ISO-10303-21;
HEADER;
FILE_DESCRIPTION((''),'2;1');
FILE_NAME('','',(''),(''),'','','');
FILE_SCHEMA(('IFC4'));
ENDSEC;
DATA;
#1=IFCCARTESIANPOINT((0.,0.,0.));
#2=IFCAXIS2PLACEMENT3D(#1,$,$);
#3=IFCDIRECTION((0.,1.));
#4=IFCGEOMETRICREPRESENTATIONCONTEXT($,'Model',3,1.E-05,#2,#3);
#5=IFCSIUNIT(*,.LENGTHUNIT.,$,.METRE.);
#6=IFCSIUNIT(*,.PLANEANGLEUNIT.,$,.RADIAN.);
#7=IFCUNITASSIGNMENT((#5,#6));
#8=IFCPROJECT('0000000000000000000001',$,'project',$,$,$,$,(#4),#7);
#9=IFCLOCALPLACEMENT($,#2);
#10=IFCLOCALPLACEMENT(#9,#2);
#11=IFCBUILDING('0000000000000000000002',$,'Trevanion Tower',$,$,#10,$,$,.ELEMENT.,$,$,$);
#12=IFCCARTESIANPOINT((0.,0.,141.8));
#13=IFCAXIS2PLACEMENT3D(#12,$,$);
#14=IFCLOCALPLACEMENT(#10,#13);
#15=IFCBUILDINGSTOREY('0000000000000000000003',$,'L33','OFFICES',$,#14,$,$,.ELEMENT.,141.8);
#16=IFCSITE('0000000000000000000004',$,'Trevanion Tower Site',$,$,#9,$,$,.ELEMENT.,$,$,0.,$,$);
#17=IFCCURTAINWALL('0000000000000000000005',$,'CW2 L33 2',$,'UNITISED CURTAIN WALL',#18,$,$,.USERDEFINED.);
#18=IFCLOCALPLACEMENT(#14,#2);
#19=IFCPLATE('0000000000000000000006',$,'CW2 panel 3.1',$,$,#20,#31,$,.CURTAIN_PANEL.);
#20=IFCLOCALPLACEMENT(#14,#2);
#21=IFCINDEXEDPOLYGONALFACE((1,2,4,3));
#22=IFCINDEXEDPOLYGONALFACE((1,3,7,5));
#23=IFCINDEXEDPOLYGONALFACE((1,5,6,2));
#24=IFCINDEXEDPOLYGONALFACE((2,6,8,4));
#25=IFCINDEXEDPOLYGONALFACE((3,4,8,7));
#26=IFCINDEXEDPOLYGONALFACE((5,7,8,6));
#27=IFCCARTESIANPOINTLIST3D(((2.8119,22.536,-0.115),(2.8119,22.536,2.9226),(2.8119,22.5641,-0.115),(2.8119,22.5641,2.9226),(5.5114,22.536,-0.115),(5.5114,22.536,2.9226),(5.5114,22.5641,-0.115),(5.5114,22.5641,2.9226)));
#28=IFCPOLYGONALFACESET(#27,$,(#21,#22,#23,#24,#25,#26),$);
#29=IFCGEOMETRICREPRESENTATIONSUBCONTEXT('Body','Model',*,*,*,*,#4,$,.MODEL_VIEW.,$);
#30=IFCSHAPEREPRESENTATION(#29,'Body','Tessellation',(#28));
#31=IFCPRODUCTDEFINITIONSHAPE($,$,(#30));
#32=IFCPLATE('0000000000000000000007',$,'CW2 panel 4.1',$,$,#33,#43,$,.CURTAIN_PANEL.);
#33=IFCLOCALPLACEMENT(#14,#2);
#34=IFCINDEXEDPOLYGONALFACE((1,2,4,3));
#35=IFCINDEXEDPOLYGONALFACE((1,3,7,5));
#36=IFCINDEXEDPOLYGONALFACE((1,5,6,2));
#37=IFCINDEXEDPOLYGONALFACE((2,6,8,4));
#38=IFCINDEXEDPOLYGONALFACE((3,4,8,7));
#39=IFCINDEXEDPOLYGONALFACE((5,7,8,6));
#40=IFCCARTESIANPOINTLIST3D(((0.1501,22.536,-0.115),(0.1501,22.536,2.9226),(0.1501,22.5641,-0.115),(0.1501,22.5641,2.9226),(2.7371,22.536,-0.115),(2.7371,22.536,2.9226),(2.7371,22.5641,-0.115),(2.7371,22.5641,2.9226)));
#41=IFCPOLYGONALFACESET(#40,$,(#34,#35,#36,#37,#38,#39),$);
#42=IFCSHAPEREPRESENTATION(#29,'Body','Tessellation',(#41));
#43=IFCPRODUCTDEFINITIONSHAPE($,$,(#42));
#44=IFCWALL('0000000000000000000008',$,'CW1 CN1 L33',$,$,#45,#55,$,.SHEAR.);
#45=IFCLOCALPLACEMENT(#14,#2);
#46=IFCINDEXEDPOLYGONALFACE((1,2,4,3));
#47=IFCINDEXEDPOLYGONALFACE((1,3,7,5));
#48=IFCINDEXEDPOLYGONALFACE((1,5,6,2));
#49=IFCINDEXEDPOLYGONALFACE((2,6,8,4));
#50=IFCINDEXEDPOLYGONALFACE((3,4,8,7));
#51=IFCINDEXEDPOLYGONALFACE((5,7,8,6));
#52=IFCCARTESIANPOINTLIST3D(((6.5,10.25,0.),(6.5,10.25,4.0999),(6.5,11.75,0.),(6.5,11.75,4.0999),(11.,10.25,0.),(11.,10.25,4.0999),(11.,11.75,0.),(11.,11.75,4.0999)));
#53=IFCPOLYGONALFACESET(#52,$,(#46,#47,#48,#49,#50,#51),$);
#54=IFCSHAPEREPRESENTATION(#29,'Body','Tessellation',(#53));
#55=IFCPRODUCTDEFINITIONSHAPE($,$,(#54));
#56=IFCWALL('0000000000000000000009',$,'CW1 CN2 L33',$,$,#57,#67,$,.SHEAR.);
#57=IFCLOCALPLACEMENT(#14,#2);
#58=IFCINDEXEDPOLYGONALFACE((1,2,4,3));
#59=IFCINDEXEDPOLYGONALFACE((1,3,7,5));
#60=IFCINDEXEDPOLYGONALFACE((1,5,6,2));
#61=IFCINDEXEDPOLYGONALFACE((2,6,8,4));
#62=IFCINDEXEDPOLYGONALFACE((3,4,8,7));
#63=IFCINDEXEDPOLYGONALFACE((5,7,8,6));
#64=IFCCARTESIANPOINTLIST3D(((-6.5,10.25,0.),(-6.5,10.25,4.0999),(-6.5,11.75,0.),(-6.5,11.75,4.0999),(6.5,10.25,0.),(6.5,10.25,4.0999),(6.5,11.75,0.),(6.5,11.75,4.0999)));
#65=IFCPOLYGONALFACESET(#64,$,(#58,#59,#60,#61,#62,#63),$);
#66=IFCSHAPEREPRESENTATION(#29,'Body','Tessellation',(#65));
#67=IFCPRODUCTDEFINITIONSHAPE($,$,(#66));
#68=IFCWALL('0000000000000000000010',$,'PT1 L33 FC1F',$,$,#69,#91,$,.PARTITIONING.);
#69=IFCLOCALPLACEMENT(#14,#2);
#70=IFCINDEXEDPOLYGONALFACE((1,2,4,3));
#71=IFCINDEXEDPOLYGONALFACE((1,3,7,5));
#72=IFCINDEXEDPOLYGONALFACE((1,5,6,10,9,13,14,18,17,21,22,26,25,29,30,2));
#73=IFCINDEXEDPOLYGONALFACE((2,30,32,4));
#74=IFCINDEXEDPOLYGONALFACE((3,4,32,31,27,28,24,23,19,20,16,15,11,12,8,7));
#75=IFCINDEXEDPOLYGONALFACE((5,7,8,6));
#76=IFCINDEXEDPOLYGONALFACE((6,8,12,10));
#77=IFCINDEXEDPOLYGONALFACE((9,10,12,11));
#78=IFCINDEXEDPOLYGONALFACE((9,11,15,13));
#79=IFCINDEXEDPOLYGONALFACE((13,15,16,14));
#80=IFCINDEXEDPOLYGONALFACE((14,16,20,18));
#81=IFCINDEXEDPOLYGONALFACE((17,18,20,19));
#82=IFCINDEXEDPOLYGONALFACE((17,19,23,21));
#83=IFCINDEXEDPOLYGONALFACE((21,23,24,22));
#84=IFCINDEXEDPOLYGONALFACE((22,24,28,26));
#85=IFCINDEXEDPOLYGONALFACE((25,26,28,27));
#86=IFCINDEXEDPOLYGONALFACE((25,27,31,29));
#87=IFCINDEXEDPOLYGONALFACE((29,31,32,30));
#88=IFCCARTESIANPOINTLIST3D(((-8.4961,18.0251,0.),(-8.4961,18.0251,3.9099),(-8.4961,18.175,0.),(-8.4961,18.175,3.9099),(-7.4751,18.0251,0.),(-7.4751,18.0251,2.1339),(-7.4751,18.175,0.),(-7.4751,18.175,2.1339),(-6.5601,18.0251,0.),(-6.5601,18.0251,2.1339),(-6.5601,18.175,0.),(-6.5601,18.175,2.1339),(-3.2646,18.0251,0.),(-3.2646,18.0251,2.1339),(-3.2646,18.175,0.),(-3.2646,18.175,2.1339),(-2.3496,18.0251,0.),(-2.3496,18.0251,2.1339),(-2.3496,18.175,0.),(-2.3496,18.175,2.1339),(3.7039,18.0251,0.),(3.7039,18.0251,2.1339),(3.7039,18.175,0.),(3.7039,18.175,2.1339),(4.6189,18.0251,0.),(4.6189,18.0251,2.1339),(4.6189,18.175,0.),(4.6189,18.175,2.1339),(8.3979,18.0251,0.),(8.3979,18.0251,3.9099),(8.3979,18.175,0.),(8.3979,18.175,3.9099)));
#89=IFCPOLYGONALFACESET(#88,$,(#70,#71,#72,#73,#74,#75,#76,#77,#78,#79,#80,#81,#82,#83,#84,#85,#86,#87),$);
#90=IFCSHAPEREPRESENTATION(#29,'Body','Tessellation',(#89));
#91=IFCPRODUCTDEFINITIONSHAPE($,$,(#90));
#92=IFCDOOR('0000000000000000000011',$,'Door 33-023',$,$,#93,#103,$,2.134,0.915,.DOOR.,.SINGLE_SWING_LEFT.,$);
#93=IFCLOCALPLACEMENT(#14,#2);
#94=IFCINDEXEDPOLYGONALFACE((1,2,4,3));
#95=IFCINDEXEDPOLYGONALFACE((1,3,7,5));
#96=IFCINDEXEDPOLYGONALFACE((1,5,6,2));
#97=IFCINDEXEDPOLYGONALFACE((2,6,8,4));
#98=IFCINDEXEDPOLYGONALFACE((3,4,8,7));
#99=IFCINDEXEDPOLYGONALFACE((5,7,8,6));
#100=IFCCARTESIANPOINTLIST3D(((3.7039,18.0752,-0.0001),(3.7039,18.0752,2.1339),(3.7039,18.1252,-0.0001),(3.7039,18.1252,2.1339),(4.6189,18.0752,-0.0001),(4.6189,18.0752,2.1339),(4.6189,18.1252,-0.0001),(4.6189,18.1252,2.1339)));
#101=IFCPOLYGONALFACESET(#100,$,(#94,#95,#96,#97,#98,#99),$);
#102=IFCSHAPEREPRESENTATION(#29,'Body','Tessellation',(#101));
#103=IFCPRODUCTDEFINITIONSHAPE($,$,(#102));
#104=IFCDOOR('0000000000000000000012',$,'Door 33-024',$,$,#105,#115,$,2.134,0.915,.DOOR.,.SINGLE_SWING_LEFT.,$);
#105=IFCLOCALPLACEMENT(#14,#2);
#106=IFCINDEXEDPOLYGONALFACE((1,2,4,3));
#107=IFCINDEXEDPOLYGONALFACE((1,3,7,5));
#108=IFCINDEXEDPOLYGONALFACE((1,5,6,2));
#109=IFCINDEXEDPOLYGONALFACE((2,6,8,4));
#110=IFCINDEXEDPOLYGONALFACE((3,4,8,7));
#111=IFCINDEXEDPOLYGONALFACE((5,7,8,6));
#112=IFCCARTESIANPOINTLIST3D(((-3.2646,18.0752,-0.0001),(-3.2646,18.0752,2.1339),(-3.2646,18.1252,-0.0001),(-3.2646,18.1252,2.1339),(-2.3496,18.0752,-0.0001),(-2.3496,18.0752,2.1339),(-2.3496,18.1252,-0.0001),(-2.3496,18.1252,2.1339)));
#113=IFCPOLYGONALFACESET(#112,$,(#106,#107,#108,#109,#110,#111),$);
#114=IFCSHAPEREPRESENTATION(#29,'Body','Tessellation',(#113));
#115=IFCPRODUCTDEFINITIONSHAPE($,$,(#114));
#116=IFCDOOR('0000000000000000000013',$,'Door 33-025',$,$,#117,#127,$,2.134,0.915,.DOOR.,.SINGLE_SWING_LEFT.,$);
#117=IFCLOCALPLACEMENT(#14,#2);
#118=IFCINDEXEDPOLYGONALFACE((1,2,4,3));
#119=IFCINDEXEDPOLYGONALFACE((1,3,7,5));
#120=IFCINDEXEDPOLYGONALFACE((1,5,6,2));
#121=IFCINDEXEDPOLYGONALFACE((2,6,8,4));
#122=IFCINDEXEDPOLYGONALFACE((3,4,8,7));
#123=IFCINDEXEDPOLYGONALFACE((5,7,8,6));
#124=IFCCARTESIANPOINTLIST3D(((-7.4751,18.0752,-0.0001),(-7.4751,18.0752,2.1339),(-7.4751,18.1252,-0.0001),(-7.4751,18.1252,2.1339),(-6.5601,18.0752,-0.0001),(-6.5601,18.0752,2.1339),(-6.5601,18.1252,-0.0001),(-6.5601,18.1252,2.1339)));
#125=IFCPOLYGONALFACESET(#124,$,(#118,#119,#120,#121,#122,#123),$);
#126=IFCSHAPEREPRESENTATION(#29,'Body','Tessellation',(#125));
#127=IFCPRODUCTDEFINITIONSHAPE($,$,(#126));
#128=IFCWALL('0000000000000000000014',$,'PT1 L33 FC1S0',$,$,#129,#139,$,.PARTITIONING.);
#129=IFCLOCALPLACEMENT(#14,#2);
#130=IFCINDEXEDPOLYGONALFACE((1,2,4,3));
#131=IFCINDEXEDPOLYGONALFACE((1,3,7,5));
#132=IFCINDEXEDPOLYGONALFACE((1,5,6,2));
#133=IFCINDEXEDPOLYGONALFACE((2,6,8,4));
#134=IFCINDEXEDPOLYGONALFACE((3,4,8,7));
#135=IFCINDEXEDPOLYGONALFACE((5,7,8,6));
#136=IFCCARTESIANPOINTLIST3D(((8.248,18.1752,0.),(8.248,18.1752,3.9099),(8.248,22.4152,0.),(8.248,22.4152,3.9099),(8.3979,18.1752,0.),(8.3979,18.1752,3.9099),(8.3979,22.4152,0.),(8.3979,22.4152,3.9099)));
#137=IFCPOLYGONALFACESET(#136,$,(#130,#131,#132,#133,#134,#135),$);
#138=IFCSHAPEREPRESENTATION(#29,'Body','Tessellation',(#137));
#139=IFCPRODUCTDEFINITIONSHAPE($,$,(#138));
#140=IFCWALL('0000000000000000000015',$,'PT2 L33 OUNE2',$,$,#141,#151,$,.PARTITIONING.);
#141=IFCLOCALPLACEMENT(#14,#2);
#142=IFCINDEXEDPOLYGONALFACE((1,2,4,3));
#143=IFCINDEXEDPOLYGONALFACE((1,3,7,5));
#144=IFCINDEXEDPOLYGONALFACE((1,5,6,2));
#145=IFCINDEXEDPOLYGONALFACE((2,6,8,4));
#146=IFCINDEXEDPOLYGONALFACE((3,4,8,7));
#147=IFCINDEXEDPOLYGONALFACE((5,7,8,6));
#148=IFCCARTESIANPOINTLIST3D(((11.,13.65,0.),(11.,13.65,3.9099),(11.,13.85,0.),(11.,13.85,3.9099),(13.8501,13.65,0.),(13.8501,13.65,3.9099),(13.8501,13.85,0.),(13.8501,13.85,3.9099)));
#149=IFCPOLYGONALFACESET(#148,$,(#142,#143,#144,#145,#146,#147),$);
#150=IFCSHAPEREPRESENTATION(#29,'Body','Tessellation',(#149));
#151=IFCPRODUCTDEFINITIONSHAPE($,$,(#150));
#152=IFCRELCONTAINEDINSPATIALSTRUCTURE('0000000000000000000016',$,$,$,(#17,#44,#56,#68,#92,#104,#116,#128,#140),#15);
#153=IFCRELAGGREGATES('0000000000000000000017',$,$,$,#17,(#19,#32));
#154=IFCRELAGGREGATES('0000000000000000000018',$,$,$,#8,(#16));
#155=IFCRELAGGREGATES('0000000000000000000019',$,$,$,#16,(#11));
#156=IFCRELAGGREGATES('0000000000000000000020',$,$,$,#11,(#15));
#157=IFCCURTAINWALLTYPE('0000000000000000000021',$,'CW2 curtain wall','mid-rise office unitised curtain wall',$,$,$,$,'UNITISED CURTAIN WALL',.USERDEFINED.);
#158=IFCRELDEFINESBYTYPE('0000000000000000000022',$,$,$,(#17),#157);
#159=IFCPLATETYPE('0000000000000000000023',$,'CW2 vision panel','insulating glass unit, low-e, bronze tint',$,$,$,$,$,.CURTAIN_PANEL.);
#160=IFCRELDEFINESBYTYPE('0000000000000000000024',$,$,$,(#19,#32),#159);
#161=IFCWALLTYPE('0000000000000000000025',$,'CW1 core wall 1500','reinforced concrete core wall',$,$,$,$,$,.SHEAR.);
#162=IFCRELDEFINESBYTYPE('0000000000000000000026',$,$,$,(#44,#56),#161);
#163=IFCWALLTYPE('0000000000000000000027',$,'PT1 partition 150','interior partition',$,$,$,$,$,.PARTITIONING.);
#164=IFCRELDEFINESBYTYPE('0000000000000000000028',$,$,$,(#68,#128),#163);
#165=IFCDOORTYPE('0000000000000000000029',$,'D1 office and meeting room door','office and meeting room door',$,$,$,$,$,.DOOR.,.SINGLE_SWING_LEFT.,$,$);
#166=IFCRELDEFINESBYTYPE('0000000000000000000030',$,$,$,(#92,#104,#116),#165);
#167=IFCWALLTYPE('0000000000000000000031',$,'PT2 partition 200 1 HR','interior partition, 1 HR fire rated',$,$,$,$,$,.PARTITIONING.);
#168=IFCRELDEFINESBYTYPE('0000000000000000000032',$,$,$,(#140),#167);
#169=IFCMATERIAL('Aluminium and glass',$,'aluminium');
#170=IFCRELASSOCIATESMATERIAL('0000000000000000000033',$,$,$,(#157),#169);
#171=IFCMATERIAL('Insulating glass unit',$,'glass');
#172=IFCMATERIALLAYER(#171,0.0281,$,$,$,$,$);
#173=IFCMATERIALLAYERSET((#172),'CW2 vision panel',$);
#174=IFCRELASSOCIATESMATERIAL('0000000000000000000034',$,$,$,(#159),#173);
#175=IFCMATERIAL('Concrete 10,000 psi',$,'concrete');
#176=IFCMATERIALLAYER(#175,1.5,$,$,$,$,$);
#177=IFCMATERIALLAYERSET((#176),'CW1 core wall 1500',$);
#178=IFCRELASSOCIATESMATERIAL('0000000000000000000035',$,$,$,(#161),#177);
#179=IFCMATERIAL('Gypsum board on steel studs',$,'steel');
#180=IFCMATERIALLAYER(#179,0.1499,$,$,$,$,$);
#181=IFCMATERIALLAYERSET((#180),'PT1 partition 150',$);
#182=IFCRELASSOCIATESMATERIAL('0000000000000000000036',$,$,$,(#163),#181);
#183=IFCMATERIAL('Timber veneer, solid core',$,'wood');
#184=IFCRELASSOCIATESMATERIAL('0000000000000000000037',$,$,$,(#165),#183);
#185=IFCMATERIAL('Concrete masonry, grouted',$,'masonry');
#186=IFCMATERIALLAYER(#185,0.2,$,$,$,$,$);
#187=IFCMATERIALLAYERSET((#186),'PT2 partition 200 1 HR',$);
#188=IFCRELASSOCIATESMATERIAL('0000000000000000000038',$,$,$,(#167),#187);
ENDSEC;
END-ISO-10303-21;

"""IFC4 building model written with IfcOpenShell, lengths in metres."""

from ifc_helpers import new_model, si_unit, direction, frame, frame_2d, origin, origin_2d, place, context, subcontext, project, spatial, rectangle, extrude, material, layer, layer_set, type_object, element, fill, aggregate, save


model = new_model("IFC4")

# Units and contexts
model_context = context("Model", 3, precision=1e-05, world=origin(), true_north=direction((0.0, 1.0)))
body_context = subcontext(model_context, "Body", "Model", "MODEL_VIEW")
ifc_project = project(units=[si_unit("LENGTHUNIT", "METRE"), si_unit("PLANEANGLEUNIT", "RADIAN")], contexts=[model_context])

# Site, building, storey
site_placement = place(None, origin())
site = spatial("IfcSite", under=ifc_project, at=site_placement, Name="Trevanion Tower Site", CompositionType="ELEMENT", RefElevation=0.0)
building_placement = place(site_placement, origin())
building = spatial("IfcBuilding", under=site, at=building_placement, Name="Trevanion Tower", CompositionType="ELEMENT")
storey_placement = place(building_placement, frame((0.0, 0.0, 141.8)))
storey = spatial("IfcBuildingStorey", under=building, at=storey_placement, Name="L33", Description="OFFICES", CompositionType="ELEMENT", Elevation=141.8)

# Curtain wall
ifc_material_1 = material(Name="Aluminium and glass", Category="aluminium")
curtain_wall_type = type_object("IfcCurtainWallType", Name="CW2 curtain wall", Description="mid-rise office unitised curtain wall", ElementType="UNITISED CURTAIN WALL", PredefinedType="USERDEFINED", material=ifc_material_1)
curtain_wall_placement = place(storey_placement, origin())
curtain_wall = element("IfcCurtainWall", 1, at=curtain_wall_placement, inside=storey, type_object=curtain_wall_type, Name="CW2 L33 2", ObjectType="UNITISED CURTAIN WALL", PredefinedType="USERDEFINED")

# Plates
ifc_material_2 = material(Name="Insulating glass unit", Category="glass")
ifc_layer_1 = layer(ifc_material_2, 0.0281)
ifc_layer_set_1 = layer_set([ifc_layer_1], Name="CW2 vision panel")
plate_type_1 = type_object("IfcPlateType", Name="CW2 vision panel", Description="insulating glass unit, low-e, bronze tint", PredefinedType="CURTAIN_PANEL", material=ifc_layer_set_1)
plate_1_placement = place(storey_placement, frame((4.1616, 22.55, -0.115), z_axis=(0.0, 0.0, 1.0), x_axis=(-1.0, 0.0, 0.0)))
plate_1 = element("IfcPlate", 2, at=plate_1_placement, type_object=plate_type_1, Name="CW2 panel 3.1", PredefinedType="CURTAIN_PANEL", context=body_context, shape_type="SweptSolid", body=[
    extrude(rectangle(XDim=2.6995, YDim=0.0281, at=origin_2d()), origin(), (0.0, 0.0, 1.0), 3.0376),
])
plate_2_placement = place(storey_placement, frame((1.4436, 22.55, -0.115), z_axis=(0.0, 0.0, 1.0), x_axis=(-1.0, 0.0, 0.0)))
plate_2 = element("IfcPlate", 3, at=plate_2_placement, type_object=plate_type_1, Name="CW2 panel 4.1", PredefinedType="CURTAIN_PANEL", context=body_context, shape_type="SweptSolid", body=[
    extrude(rectangle(XDim=2.5869, YDim=0.0281, at=origin_2d()), origin(), (0.0, 0.0, 1.0), 3.0376),
])
aggregate(curtain_wall, [plate_1, plate_2])

# Walls
ifc_material_3 = material(Name="Concrete 10,000 psi", Category="concrete")
ifc_layer_2 = layer(ifc_material_3, 1.5)
ifc_layer_set_2 = layer_set([ifc_layer_2], Name="CW1 core wall 1500")
wall_type_1 = type_object("IfcWallType", Name="CW1 core wall 1500", Description="reinforced concrete core wall", PredefinedType="SHEAR", material=ifc_layer_set_2)
wall_1_placement = place(storey_placement, frame((11.0, 11.0, 0.0), z_axis=(0.0, 0.0, 1.0), x_axis=(-1.0, 0.0, 0.0)))
element("IfcWall", 4, at=wall_1_placement, inside=storey, type_object=wall_type_1, Name="CW1 CN1 L33", PredefinedType="SHEAR", context=body_context, shape_type="SweptSolid", body=[
    extrude(rectangle(XDim=4.5, YDim=1.5, at=frame_2d((2.25, 0.0))), origin(), (0.0, 0.0, 1.0), 4.0999),
])
wall_2_placement = place(storey_placement, frame((6.5, 11.0, 0.0), z_axis=(0.0, 0.0, 1.0), x_axis=(-1.0, 0.0, 0.0)))
element("IfcWall", 5, at=wall_2_placement, inside=storey, type_object=wall_type_1, Name="CW1 CN2 L33", PredefinedType="SHEAR", context=body_context, shape_type="SweptSolid", body=[
    extrude(rectangle(XDim=13.0, YDim=1.5, at=frame_2d((6.5, 0.0))), origin(), (0.0, 0.0, 1.0), 4.0999),
])

# Wall, openings, doors
ifc_material_4 = material(Name="Gypsum board on steel studs", Category="steel")
ifc_layer_3 = layer(ifc_material_4, 0.1499)
ifc_layer_set_3 = layer_set([ifc_layer_3], Name="PT1 partition 150")
wall_type_2 = type_object("IfcWallType", Name="PT1 partition 150", Description="interior partition", PredefinedType="PARTITIONING", material=ifc_layer_set_3)
wall_3_placement = place(storey_placement, frame((8.3979, 18.1001, 0.0), z_axis=(0.0, 0.0, 1.0), x_axis=(-1.0, 0.0, 0.0)))
wall_3 = element("IfcWall", 6, at=wall_3_placement, inside=storey, type_object=wall_type_2, Name="PT1 L33 FC1F", PredefinedType="PARTITIONING", context=body_context, shape_type="SweptSolid", body=[
    extrude(rectangle(XDim=16.894, YDim=0.1499, at=frame_2d((8.447, 0.0))), origin(), (0.0, 0.0, 1.0), 3.9099),
])
opening_1_placement = place(wall_3_placement, frame((3.7791, 0.0, 0.0)))
opening_1 = element("IfcOpeningElement", 7, at=opening_1_placement, cuts=wall_3, PredefinedType="OPENING", context=body_context, shape_type="SweptSolid", body=[
    extrude(rectangle(XDim=0.915, YDim=2.134, at=frame_2d((0.4575, 1.0669))), frame((0.0, 0.085, 0.0), z_axis=(0.0, -1.0, 0.0), x_axis=(1.0, 0.0, 0.0)), (0.0, 0.0, 1.0), 0.1699),
])
opening_2_placement = place(wall_3_placement, frame((10.7476, 0.0, 0.0)))
opening_2 = element("IfcOpeningElement", 8, at=opening_2_placement, cuts=wall_3, PredefinedType="OPENING", context=body_context, shape_type="SweptSolid", body=[
    extrude(rectangle(XDim=0.915, YDim=2.134, at=frame_2d((0.4575, 1.0669))), frame((0.0, 0.085, 0.0), z_axis=(0.0, -1.0, 0.0), x_axis=(1.0, 0.0, 0.0)), (0.0, 0.0, 1.0), 0.1699),
])
opening_3_placement = place(wall_3_placement, frame((14.958, 0.0, 0.0)))
opening_3 = element("IfcOpeningElement", 9, at=opening_3_placement, cuts=wall_3, PredefinedType="OPENING", context=body_context, shape_type="SweptSolid", body=[
    extrude(rectangle(XDim=0.915, YDim=2.134, at=frame_2d((0.4575, 1.0669))), frame((0.0, 0.085, 0.0), z_axis=(0.0, -1.0, 0.0), x_axis=(1.0, 0.0, 0.0)), (0.0, 0.0, 1.0), 0.1699),
])
ifc_material_5 = material(Name="Timber veneer, solid core", Category="wood")
door_type = type_object("IfcDoorType", Name="D1 office and meeting room door", Description="office and meeting room door", OperationType="SINGLE_SWING_LEFT", PredefinedType="DOOR", material=ifc_material_5)
door_1_placement = place(opening_1_placement, origin())
door_1 = element("IfcDoor", 10, at=door_1_placement, inside=storey, type_object=door_type, Name="Door 33-023", OperationType="SINGLE_SWING_LEFT", OverallHeight=2.134, OverallWidth=0.915, PredefinedType="DOOR", context=body_context, shape_type="SweptSolid", body=[
    extrude(rectangle(XDim=0.915, YDim=2.134, at=frame_2d((0.4575, 1.0669))), frame((0.0, 0.0249, 0.0), z_axis=(0.0, -1.0, 0.0), x_axis=(1.0, 0.0, 0.0)), (0.0, 0.0, 1.0), 0.05),
])
fill(opening_1, door_1)
door_2_placement = place(opening_2_placement, origin())
door_2 = element("IfcDoor", 11, at=door_2_placement, inside=storey, type_object=door_type, Name="Door 33-024", OperationType="SINGLE_SWING_LEFT", OverallHeight=2.134, OverallWidth=0.915, PredefinedType="DOOR", context=body_context, shape_type="SweptSolid", body=[
    extrude(rectangle(XDim=0.915, YDim=2.134, at=frame_2d((0.4575, 1.0669))), frame((0.0, 0.0249, 0.0), z_axis=(0.0, -1.0, 0.0), x_axis=(1.0, 0.0, 0.0)), (0.0, 0.0, 1.0), 0.05),
])
fill(opening_2, door_2)
door_3_placement = place(opening_3_placement, origin())
door_3 = element("IfcDoor", 12, at=door_3_placement, inside=storey, type_object=door_type, Name="Door 33-025", OperationType="SINGLE_SWING_LEFT", OverallHeight=2.134, OverallWidth=0.915, PredefinedType="DOOR", context=body_context, shape_type="SweptSolid", body=[
    extrude(rectangle(XDim=0.915, YDim=2.134, at=frame_2d((0.4575, 1.0669))), frame((0.0, 0.0249, 0.0), z_axis=(0.0, -1.0, 0.0), x_axis=(1.0, 0.0, 0.0)), (0.0, 0.0, 1.0), 0.05),
])
fill(opening_3, door_3)

# Walls
wall_4_placement = place(storey_placement, frame((8.323, 18.175, 0.0), z_axis=(0.0, 0.0, 1.0), x_axis=(0.0, 1.0, 0.0)))
element("IfcWall", 13, at=wall_4_placement, inside=storey, type_object=wall_type_2, Name="PT1 L33 FC1S0", PredefinedType="PARTITIONING", context=body_context, shape_type="SweptSolid", body=[
    extrude(rectangle(XDim=4.24, YDim=0.1499, at=frame_2d((2.1201, 0.0))), origin(), (0.0, 0.0, 1.0), 3.9099),
])
ifc_material_6 = material(Name="Concrete masonry, grouted", Category="masonry")
ifc_layer_4 = layer(ifc_material_6, 0.2)
ifc_layer_set_4 = layer_set([ifc_layer_4], Name="PT2 partition 200 1 HR")
wall_type_3 = type_object("IfcWallType", Name="PT2 partition 200 1 HR", Description="interior partition, 1 HR fire rated", PredefinedType="PARTITIONING", material=ifc_layer_set_4)
wall_5_placement = place(storey_placement, frame((11.0, 13.75, 0.0), z_axis=(0.0, 0.0, 1.0), x_axis=(1.0, 0.0, 0.0)))
element("IfcWall", 14, at=wall_5_placement, inside=storey, type_object=wall_type_3, Name="PT2 L33 OUNE2", PredefinedType="PARTITIONING", context=body_context, shape_type="SweptSolid", body=[
    extrude(rectangle(XDim=2.8501, YDim=0.2, at=frame_2d((1.425, 0.0))), origin(), (0.0, 0.0, 1.0), 3.9099),
])

save(model, "model.ifc")
